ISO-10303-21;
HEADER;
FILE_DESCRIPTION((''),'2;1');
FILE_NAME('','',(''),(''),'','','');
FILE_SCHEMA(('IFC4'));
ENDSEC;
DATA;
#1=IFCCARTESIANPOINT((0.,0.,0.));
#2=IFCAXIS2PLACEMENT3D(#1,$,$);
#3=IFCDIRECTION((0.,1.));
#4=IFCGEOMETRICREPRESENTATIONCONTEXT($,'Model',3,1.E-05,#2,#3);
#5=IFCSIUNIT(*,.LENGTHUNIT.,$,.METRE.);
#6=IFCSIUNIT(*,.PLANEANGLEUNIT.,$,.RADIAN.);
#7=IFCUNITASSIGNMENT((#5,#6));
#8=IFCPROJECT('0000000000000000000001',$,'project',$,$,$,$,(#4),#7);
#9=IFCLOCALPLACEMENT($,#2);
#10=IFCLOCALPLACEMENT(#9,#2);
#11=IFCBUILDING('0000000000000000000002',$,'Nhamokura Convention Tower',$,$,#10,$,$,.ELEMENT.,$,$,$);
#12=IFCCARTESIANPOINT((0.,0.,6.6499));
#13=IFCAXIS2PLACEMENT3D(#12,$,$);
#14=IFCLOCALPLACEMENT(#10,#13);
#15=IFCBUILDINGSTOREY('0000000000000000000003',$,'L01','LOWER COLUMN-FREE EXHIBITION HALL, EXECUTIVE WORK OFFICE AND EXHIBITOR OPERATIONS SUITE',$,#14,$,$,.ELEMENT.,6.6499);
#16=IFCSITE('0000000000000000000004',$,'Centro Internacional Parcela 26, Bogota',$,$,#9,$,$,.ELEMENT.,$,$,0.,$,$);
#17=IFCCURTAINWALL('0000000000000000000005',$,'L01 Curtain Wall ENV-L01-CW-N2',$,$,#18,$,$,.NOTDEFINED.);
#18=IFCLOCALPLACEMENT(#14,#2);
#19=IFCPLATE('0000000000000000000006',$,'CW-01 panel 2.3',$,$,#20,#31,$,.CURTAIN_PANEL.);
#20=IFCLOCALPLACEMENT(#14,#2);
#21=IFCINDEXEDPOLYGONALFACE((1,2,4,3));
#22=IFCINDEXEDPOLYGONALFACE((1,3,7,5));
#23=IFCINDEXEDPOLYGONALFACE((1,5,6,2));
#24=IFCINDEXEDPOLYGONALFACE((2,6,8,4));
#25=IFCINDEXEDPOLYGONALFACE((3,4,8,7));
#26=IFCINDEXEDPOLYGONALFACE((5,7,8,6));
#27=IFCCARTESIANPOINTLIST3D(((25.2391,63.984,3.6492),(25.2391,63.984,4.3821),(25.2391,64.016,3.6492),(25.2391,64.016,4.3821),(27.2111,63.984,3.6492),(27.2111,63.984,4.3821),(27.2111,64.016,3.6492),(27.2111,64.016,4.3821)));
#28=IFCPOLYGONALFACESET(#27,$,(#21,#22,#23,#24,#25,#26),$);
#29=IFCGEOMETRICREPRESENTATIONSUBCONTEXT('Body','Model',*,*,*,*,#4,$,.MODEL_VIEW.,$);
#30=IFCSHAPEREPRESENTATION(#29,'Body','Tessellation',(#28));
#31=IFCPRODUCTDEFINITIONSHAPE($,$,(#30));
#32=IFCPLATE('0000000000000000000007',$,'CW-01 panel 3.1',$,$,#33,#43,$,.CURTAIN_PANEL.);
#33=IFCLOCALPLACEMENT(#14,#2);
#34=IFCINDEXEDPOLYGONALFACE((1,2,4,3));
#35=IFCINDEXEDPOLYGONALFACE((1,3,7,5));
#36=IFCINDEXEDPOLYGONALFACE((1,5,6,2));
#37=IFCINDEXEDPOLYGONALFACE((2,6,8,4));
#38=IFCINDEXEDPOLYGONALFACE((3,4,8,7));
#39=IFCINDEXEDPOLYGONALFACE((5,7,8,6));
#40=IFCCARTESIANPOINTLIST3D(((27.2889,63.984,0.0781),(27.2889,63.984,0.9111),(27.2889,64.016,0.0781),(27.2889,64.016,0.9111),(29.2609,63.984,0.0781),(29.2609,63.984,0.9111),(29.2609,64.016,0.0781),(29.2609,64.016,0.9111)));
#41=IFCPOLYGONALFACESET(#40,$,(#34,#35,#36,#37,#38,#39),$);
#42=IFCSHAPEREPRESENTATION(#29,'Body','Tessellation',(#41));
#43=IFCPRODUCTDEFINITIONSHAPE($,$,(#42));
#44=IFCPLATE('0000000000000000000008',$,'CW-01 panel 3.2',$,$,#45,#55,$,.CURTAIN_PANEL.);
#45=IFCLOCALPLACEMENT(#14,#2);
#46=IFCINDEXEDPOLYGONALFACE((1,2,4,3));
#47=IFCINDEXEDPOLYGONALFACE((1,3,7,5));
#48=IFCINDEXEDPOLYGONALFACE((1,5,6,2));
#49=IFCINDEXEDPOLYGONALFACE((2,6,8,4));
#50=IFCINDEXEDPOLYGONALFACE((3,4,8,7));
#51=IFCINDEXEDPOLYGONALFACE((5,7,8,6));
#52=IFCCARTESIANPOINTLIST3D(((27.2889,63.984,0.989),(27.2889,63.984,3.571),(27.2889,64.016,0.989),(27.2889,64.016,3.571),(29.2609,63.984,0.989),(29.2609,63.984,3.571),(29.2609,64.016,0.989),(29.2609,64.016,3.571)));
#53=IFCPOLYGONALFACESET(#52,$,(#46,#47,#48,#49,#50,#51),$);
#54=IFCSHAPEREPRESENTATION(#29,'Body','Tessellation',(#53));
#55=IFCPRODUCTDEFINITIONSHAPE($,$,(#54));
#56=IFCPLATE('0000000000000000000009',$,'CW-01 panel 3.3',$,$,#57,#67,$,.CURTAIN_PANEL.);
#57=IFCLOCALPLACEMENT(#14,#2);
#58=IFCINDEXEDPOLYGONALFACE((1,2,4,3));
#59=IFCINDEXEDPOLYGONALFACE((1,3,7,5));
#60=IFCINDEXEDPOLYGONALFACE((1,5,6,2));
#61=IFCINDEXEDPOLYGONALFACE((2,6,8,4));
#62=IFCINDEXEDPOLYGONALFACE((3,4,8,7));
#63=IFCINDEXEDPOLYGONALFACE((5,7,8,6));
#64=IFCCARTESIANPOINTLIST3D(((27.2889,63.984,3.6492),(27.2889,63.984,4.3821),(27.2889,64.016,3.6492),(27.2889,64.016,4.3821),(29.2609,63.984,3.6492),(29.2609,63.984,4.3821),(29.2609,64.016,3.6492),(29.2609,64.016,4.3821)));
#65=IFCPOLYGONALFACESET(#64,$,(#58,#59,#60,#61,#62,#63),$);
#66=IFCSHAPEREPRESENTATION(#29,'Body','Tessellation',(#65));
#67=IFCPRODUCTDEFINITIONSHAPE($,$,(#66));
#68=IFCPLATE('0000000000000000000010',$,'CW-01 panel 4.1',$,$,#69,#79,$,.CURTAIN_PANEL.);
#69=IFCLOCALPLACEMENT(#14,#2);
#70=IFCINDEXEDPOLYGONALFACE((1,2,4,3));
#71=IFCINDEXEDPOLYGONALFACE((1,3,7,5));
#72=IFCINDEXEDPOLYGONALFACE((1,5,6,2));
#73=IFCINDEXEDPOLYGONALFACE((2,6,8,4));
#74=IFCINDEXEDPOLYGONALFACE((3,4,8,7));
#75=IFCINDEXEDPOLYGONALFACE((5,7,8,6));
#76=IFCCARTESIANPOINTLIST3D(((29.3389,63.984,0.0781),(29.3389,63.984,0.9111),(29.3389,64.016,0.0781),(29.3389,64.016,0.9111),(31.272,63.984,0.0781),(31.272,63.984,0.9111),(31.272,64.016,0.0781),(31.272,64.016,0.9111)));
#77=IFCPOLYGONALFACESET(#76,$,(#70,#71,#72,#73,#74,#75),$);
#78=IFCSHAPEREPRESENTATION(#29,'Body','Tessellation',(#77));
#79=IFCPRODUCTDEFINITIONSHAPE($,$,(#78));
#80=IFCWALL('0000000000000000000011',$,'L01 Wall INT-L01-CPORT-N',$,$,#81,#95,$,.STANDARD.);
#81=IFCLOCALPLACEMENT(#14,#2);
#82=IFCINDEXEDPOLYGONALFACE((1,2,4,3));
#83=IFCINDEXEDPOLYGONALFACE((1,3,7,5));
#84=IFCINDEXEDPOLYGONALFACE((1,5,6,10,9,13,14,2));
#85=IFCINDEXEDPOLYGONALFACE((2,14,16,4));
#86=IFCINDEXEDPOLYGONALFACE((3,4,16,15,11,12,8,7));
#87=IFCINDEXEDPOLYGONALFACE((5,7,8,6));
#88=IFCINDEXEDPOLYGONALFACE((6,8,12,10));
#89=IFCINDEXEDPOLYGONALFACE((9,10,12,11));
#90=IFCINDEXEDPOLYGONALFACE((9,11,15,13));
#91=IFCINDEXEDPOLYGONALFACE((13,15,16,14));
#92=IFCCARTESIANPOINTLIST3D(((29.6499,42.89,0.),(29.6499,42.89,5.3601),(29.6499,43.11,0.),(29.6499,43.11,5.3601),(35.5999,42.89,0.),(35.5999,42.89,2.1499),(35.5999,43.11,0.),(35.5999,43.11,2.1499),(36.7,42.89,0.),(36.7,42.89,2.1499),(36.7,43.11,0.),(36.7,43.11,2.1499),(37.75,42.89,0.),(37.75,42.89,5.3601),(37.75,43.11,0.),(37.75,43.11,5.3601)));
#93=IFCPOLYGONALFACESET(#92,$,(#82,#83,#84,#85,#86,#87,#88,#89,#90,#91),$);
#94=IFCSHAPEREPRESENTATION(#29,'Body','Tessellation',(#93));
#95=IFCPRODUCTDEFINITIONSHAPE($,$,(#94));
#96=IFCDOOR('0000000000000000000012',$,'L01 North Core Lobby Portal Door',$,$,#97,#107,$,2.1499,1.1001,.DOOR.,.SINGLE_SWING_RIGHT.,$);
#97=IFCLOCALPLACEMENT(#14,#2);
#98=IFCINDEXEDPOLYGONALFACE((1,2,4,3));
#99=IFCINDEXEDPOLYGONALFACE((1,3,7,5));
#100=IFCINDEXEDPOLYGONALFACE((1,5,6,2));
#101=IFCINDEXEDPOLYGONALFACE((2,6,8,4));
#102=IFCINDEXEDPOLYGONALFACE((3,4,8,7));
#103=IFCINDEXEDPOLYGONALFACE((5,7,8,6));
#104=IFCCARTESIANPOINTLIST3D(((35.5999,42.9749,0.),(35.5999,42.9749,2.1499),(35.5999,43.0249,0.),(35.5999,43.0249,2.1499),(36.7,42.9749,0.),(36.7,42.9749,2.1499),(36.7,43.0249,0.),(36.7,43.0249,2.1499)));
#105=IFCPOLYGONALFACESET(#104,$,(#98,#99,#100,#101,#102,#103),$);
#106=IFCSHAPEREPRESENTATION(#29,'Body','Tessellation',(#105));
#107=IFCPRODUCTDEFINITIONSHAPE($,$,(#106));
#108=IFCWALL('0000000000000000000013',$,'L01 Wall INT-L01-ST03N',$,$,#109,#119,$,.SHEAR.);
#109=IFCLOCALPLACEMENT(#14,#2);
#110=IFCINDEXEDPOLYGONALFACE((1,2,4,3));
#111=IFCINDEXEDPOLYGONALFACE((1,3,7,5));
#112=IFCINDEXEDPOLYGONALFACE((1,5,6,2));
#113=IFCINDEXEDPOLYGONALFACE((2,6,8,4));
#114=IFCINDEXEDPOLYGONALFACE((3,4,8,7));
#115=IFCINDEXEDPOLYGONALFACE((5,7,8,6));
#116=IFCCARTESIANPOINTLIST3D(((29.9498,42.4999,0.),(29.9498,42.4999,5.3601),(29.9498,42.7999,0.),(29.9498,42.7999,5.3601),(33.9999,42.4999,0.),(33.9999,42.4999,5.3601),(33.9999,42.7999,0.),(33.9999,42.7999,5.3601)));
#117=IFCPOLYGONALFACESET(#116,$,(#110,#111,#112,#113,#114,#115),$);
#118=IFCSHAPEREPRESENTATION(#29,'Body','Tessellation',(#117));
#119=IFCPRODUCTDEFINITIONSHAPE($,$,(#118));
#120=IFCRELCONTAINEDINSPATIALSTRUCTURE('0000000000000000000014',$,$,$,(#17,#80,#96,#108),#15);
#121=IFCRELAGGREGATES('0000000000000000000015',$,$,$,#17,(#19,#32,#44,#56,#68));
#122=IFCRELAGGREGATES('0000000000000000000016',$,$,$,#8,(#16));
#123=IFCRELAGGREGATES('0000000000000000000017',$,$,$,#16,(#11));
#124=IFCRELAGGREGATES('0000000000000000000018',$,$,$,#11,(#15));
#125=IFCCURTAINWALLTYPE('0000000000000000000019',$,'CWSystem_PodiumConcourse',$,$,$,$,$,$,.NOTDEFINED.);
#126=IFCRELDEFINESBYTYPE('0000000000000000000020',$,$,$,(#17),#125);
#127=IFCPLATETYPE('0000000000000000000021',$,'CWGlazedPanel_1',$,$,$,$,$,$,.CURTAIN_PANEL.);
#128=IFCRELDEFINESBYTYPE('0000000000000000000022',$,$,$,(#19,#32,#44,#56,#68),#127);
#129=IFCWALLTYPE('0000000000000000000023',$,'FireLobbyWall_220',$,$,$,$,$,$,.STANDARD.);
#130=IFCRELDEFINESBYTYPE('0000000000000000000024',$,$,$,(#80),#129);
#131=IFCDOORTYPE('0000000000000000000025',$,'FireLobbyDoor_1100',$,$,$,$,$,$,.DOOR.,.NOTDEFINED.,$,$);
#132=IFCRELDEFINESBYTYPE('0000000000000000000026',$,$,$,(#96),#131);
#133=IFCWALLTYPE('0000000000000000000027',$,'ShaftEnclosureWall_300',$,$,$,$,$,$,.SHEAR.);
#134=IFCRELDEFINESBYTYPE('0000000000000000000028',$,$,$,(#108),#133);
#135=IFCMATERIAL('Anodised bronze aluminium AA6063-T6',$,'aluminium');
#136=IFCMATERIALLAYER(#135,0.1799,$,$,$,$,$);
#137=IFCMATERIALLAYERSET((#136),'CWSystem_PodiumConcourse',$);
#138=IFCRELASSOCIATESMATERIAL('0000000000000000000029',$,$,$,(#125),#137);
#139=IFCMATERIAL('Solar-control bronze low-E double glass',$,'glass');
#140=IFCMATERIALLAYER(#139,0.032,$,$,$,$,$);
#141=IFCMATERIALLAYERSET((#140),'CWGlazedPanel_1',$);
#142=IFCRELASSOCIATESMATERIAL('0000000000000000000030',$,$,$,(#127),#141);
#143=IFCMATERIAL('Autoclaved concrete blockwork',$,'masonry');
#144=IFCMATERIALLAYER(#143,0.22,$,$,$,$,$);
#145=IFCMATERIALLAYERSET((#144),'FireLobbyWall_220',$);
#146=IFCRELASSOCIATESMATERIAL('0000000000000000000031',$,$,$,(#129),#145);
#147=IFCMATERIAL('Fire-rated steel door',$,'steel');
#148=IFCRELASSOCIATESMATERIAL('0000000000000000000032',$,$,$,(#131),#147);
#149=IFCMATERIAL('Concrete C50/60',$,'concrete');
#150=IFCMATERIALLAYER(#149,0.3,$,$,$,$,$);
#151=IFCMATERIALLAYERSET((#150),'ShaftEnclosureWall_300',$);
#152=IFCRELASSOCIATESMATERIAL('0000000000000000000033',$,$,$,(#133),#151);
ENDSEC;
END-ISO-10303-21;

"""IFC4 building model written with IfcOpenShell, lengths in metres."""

from ifc_helpers import new_model, si_unit, direction, frame, frame_2d, origin, origin_2d, place, context, subcontext, project, spatial, rectangle, extrude, material, layer, layer_set, type_object, element, fill, aggregate, save


model = new_model("IFC4")

# Units and contexts
model_context = context("Model", 3, precision=1e-05, world=origin(), true_north=direction((0.0, 1.0)))
body_context = subcontext(model_context, "Body", "Model", "MODEL_VIEW")
ifc_project = project(units=[si_unit("LENGTHUNIT", "METRE"), si_unit("PLANEANGLEUNIT", "RADIAN")], contexts=[model_context])

# Site, building, storey
site_placement = place(None, origin())
site = spatial("IfcSite", under=ifc_project, at=site_placement, Name="Centro Internacional Parcela 26, Bogota", CompositionType="ELEMENT", RefElevation=0.0)
building_placement = place(site_placement, origin())
building = spatial("IfcBuilding", under=site, at=building_placement, Name="Nhamokura Convention Tower", CompositionType="ELEMENT")
storey_placement = place(building_placement, frame((0.0, 0.0, 6.6499)))
storey = spatial("IfcBuildingStorey", under=building, at=storey_placement, Name="L01", Description="LOWER COLUMN-FREE EXHIBITION HALL, EXECUTIVE WORK OFFICE AND EXHIBITOR OPERATIONS SUITE", CompositionType="ELEMENT", Elevation=6.6499)

# Curtain wall
ifc_material_1 = material(Name="Anodised bronze aluminium AA6063-T6", Category="aluminium")
ifc_layer_1 = layer(ifc_material_1, 0.1799)
ifc_layer_set_1 = layer_set([ifc_layer_1], Name="CWSystem_PodiumConcourse")
curtain_wall_type = type_object("IfcCurtainWallType", Name="CWSystem_PodiumConcourse", PredefinedType="NOTDEFINED", material=ifc_layer_set_1)
curtain_wall_placement = place(storey_placement, origin())
curtain_wall = element("IfcCurtainWall", 1, at=curtain_wall_placement, inside=storey, type_object=curtain_wall_type, Name="L01 Curtain Wall ENV-L01-CW-N2", PredefinedType="NOTDEFINED")

# Plates
ifc_material_2 = material(Name="Solar-control bronze low-E double glass", Category="glass")
ifc_layer_2 = layer(ifc_material_2, 0.032)
ifc_layer_set_2 = layer_set([ifc_layer_2], Name="CWGlazedPanel_1")
plate_type = type_object("IfcPlateType", Name="CWGlazedPanel_1", PredefinedType="CURTAIN_PANEL", material=ifc_layer_set_2)
plate_1_placement = place(storey_placement, frame((26.2251, 64.0, 3.6492), z_axis=(0.0, 0.0, 1.0), x_axis=(1.0, 0.0, 0.0)))
plate_1 = element("IfcPlate", 2, at=plate_1_placement, type_object=plate_type, Name="CW-01 panel 2.3", PredefinedType="CURTAIN_PANEL", context=body_context, shape_type="SweptSolid", body=[
    extrude(rectangle(XDim=1.9719, YDim=0.032, at=origin_2d()), origin(), (0.0, 0.0, 1.0), 0.7329),
])
plate_2_placement = place(storey_placement, frame((28.2749, 64.0, 0.0781), z_axis=(0.0, 0.0, 1.0), x_axis=(1.0, 0.0, 0.0)))
plate_2 = element("IfcPlate", 3, at=plate_2_placement, type_object=plate_type, Name="CW-01 panel 3.1", PredefinedType="CURTAIN_PANEL", context=body_context, shape_type="SweptSolid", body=[
    extrude(rectangle(XDim=1.9719, YDim=0.032, at=origin_2d()), origin(), (0.0, 0.0, 1.0), 0.833),
])
plate_3_placement = place(storey_placement, frame((28.2749, 64.0, 0.989), z_axis=(0.0, 0.0, 1.0), x_axis=(1.0, 0.0, 0.0)))
plate_3 = element("IfcPlate", 4, at=plate_3_placement, type_object=plate_type, Name="CW-01 panel 3.2", PredefinedType="CURTAIN_PANEL", context=body_context, shape_type="SweptSolid", body=[
    extrude(rectangle(XDim=1.9719, YDim=0.032, at=origin_2d()), origin(), (0.0, 0.0, 1.0), 2.582),
])
plate_4_placement = place(storey_placement, frame((28.2749, 64.0, 3.6492), z_axis=(0.0, 0.0, 1.0), x_axis=(1.0, 0.0, 0.0)))
plate_4 = element("IfcPlate", 5, at=plate_4_placement, type_object=plate_type, Name="CW-01 panel 3.3", PredefinedType="CURTAIN_PANEL", context=body_context, shape_type="SweptSolid", body=[
    extrude(rectangle(XDim=1.9719, YDim=0.032, at=origin_2d()), origin(), (0.0, 0.0, 1.0), 0.7329),
])
plate_5_placement = place(storey_placement, frame((30.3054, 64.0, 0.0781), z_axis=(0.0, 0.0, 1.0), x_axis=(1.0, 0.0, 0.0)))
plate_5 = element("IfcPlate", 6, at=plate_5_placement, type_object=plate_type, Name="CW-01 panel 4.1", PredefinedType="CURTAIN_PANEL", context=body_context, shape_type="SweptSolid", body=[
    extrude(rectangle(XDim=1.9331, YDim=0.032, at=origin_2d()), origin(), (0.0, 0.0, 1.0), 0.833),
])
aggregate(curtain_wall, [plate_1, plate_2, plate_3, plate_4, plate_5])

# Wall, opening, door
ifc_material_3 = material(Name="Autoclaved concrete blockwork", Category="masonry")
ifc_layer_3 = layer(ifc_material_3, 0.22)
ifc_layer_set_3 = layer_set([ifc_layer_3], Name="FireLobbyWall_220")
wall_type_1 = type_object("IfcWallType", Name="FireLobbyWall_220", PredefinedType="STANDARD", material=ifc_layer_set_3)
wall_1_placement = place(storey_placement, frame((29.6499, 43.0, 0.0), z_axis=(0.0, 0.0, 1.0), x_axis=(1.0, 0.0, 0.0)))
wall_1 = element("IfcWall", 7, at=wall_1_placement, inside=storey, type_object=wall_type_1, Name="L01 Wall INT-L01-CPORT-N", PredefinedType="STANDARD", context=body_context, shape_type="SweptSolid", body=[
    extrude(rectangle(XDim=8.1001, YDim=0.22, at=frame_2d((4.05, 0.0))), origin(), (0.0, 0.0, 1.0), 5.3601),
])
opening_placement = place(wall_1_placement, frame((5.95, 0.0, 0.0)))
opening = element("IfcOpeningElement", 8, at=opening_placement, cuts=wall_1, PredefinedType="OPENING", context=body_context, shape_type="SweptSolid", body=[
    extrude(rectangle(XDim=1.1001, YDim=2.1499, at=frame_2d((0.55, 1.075))), frame((0.0, 0.1199, 0.0), z_axis=(0.0, -1.0, 0.0), x_axis=(1.0, 0.0, 0.0)), (0.0, 0.0, 1.0), 0.24),
])
ifc_material_4 = material(Name="Fire-rated steel door", Category="steel")
door_type = type_object("IfcDoorType", Name="FireLobbyDoor_1100", OperationType="NOTDEFINED", PredefinedType="DOOR", material=ifc_material_4)
door_placement = place(opening_placement, origin())
door = element("IfcDoor", 9, at=door_placement, inside=storey, type_object=door_type, Name="L01 North Core Lobby Portal Door", OperationType="SINGLE_SWING_RIGHT", OverallHeight=2.1499, OverallWidth=1.1001, PredefinedType="DOOR", context=body_context, shape_type="SweptSolid", body=[
    extrude(rectangle(XDim=1.1001, YDim=2.1499, at=frame_2d((0.55, 1.075))), frame((0.0, 0.0249, 0.0), z_axis=(0.0, -1.0, 0.0), x_axis=(1.0, 0.0, 0.0)), (0.0, 0.0, 1.0), 0.05),
])
fill(opening, door)

# Wall
ifc_material_5 = material(Name="Concrete C50/60", Category="concrete")
ifc_layer_4 = layer(ifc_material_5, 0.3)
ifc_layer_set_4 = layer_set([ifc_layer_4], Name="ShaftEnclosureWall_300")
wall_type_2 = type_object("IfcWallType", Name="ShaftEnclosureWall_300", PredefinedType="SHEAR", material=ifc_layer_set_4)
wall_2_placement = place(storey_placement, frame((29.95, 42.6499, 0.0), z_axis=(0.0, 0.0, 1.0), x_axis=(1.0, 0.0, 0.0)))
element("IfcWall", 10, at=wall_2_placement, inside=storey, type_object=wall_type_2, Name="L01 Wall INT-L01-ST03N", PredefinedType="SHEAR", context=body_context, shape_type="SweptSolid", body=[
    extrude(rectangle(XDim=4.05, YDim=0.3, at=frame_2d((2.0249, 0.0))), origin(), (0.0, 0.0, 1.0), 5.3601),
])

save(model, "model.ifc")
